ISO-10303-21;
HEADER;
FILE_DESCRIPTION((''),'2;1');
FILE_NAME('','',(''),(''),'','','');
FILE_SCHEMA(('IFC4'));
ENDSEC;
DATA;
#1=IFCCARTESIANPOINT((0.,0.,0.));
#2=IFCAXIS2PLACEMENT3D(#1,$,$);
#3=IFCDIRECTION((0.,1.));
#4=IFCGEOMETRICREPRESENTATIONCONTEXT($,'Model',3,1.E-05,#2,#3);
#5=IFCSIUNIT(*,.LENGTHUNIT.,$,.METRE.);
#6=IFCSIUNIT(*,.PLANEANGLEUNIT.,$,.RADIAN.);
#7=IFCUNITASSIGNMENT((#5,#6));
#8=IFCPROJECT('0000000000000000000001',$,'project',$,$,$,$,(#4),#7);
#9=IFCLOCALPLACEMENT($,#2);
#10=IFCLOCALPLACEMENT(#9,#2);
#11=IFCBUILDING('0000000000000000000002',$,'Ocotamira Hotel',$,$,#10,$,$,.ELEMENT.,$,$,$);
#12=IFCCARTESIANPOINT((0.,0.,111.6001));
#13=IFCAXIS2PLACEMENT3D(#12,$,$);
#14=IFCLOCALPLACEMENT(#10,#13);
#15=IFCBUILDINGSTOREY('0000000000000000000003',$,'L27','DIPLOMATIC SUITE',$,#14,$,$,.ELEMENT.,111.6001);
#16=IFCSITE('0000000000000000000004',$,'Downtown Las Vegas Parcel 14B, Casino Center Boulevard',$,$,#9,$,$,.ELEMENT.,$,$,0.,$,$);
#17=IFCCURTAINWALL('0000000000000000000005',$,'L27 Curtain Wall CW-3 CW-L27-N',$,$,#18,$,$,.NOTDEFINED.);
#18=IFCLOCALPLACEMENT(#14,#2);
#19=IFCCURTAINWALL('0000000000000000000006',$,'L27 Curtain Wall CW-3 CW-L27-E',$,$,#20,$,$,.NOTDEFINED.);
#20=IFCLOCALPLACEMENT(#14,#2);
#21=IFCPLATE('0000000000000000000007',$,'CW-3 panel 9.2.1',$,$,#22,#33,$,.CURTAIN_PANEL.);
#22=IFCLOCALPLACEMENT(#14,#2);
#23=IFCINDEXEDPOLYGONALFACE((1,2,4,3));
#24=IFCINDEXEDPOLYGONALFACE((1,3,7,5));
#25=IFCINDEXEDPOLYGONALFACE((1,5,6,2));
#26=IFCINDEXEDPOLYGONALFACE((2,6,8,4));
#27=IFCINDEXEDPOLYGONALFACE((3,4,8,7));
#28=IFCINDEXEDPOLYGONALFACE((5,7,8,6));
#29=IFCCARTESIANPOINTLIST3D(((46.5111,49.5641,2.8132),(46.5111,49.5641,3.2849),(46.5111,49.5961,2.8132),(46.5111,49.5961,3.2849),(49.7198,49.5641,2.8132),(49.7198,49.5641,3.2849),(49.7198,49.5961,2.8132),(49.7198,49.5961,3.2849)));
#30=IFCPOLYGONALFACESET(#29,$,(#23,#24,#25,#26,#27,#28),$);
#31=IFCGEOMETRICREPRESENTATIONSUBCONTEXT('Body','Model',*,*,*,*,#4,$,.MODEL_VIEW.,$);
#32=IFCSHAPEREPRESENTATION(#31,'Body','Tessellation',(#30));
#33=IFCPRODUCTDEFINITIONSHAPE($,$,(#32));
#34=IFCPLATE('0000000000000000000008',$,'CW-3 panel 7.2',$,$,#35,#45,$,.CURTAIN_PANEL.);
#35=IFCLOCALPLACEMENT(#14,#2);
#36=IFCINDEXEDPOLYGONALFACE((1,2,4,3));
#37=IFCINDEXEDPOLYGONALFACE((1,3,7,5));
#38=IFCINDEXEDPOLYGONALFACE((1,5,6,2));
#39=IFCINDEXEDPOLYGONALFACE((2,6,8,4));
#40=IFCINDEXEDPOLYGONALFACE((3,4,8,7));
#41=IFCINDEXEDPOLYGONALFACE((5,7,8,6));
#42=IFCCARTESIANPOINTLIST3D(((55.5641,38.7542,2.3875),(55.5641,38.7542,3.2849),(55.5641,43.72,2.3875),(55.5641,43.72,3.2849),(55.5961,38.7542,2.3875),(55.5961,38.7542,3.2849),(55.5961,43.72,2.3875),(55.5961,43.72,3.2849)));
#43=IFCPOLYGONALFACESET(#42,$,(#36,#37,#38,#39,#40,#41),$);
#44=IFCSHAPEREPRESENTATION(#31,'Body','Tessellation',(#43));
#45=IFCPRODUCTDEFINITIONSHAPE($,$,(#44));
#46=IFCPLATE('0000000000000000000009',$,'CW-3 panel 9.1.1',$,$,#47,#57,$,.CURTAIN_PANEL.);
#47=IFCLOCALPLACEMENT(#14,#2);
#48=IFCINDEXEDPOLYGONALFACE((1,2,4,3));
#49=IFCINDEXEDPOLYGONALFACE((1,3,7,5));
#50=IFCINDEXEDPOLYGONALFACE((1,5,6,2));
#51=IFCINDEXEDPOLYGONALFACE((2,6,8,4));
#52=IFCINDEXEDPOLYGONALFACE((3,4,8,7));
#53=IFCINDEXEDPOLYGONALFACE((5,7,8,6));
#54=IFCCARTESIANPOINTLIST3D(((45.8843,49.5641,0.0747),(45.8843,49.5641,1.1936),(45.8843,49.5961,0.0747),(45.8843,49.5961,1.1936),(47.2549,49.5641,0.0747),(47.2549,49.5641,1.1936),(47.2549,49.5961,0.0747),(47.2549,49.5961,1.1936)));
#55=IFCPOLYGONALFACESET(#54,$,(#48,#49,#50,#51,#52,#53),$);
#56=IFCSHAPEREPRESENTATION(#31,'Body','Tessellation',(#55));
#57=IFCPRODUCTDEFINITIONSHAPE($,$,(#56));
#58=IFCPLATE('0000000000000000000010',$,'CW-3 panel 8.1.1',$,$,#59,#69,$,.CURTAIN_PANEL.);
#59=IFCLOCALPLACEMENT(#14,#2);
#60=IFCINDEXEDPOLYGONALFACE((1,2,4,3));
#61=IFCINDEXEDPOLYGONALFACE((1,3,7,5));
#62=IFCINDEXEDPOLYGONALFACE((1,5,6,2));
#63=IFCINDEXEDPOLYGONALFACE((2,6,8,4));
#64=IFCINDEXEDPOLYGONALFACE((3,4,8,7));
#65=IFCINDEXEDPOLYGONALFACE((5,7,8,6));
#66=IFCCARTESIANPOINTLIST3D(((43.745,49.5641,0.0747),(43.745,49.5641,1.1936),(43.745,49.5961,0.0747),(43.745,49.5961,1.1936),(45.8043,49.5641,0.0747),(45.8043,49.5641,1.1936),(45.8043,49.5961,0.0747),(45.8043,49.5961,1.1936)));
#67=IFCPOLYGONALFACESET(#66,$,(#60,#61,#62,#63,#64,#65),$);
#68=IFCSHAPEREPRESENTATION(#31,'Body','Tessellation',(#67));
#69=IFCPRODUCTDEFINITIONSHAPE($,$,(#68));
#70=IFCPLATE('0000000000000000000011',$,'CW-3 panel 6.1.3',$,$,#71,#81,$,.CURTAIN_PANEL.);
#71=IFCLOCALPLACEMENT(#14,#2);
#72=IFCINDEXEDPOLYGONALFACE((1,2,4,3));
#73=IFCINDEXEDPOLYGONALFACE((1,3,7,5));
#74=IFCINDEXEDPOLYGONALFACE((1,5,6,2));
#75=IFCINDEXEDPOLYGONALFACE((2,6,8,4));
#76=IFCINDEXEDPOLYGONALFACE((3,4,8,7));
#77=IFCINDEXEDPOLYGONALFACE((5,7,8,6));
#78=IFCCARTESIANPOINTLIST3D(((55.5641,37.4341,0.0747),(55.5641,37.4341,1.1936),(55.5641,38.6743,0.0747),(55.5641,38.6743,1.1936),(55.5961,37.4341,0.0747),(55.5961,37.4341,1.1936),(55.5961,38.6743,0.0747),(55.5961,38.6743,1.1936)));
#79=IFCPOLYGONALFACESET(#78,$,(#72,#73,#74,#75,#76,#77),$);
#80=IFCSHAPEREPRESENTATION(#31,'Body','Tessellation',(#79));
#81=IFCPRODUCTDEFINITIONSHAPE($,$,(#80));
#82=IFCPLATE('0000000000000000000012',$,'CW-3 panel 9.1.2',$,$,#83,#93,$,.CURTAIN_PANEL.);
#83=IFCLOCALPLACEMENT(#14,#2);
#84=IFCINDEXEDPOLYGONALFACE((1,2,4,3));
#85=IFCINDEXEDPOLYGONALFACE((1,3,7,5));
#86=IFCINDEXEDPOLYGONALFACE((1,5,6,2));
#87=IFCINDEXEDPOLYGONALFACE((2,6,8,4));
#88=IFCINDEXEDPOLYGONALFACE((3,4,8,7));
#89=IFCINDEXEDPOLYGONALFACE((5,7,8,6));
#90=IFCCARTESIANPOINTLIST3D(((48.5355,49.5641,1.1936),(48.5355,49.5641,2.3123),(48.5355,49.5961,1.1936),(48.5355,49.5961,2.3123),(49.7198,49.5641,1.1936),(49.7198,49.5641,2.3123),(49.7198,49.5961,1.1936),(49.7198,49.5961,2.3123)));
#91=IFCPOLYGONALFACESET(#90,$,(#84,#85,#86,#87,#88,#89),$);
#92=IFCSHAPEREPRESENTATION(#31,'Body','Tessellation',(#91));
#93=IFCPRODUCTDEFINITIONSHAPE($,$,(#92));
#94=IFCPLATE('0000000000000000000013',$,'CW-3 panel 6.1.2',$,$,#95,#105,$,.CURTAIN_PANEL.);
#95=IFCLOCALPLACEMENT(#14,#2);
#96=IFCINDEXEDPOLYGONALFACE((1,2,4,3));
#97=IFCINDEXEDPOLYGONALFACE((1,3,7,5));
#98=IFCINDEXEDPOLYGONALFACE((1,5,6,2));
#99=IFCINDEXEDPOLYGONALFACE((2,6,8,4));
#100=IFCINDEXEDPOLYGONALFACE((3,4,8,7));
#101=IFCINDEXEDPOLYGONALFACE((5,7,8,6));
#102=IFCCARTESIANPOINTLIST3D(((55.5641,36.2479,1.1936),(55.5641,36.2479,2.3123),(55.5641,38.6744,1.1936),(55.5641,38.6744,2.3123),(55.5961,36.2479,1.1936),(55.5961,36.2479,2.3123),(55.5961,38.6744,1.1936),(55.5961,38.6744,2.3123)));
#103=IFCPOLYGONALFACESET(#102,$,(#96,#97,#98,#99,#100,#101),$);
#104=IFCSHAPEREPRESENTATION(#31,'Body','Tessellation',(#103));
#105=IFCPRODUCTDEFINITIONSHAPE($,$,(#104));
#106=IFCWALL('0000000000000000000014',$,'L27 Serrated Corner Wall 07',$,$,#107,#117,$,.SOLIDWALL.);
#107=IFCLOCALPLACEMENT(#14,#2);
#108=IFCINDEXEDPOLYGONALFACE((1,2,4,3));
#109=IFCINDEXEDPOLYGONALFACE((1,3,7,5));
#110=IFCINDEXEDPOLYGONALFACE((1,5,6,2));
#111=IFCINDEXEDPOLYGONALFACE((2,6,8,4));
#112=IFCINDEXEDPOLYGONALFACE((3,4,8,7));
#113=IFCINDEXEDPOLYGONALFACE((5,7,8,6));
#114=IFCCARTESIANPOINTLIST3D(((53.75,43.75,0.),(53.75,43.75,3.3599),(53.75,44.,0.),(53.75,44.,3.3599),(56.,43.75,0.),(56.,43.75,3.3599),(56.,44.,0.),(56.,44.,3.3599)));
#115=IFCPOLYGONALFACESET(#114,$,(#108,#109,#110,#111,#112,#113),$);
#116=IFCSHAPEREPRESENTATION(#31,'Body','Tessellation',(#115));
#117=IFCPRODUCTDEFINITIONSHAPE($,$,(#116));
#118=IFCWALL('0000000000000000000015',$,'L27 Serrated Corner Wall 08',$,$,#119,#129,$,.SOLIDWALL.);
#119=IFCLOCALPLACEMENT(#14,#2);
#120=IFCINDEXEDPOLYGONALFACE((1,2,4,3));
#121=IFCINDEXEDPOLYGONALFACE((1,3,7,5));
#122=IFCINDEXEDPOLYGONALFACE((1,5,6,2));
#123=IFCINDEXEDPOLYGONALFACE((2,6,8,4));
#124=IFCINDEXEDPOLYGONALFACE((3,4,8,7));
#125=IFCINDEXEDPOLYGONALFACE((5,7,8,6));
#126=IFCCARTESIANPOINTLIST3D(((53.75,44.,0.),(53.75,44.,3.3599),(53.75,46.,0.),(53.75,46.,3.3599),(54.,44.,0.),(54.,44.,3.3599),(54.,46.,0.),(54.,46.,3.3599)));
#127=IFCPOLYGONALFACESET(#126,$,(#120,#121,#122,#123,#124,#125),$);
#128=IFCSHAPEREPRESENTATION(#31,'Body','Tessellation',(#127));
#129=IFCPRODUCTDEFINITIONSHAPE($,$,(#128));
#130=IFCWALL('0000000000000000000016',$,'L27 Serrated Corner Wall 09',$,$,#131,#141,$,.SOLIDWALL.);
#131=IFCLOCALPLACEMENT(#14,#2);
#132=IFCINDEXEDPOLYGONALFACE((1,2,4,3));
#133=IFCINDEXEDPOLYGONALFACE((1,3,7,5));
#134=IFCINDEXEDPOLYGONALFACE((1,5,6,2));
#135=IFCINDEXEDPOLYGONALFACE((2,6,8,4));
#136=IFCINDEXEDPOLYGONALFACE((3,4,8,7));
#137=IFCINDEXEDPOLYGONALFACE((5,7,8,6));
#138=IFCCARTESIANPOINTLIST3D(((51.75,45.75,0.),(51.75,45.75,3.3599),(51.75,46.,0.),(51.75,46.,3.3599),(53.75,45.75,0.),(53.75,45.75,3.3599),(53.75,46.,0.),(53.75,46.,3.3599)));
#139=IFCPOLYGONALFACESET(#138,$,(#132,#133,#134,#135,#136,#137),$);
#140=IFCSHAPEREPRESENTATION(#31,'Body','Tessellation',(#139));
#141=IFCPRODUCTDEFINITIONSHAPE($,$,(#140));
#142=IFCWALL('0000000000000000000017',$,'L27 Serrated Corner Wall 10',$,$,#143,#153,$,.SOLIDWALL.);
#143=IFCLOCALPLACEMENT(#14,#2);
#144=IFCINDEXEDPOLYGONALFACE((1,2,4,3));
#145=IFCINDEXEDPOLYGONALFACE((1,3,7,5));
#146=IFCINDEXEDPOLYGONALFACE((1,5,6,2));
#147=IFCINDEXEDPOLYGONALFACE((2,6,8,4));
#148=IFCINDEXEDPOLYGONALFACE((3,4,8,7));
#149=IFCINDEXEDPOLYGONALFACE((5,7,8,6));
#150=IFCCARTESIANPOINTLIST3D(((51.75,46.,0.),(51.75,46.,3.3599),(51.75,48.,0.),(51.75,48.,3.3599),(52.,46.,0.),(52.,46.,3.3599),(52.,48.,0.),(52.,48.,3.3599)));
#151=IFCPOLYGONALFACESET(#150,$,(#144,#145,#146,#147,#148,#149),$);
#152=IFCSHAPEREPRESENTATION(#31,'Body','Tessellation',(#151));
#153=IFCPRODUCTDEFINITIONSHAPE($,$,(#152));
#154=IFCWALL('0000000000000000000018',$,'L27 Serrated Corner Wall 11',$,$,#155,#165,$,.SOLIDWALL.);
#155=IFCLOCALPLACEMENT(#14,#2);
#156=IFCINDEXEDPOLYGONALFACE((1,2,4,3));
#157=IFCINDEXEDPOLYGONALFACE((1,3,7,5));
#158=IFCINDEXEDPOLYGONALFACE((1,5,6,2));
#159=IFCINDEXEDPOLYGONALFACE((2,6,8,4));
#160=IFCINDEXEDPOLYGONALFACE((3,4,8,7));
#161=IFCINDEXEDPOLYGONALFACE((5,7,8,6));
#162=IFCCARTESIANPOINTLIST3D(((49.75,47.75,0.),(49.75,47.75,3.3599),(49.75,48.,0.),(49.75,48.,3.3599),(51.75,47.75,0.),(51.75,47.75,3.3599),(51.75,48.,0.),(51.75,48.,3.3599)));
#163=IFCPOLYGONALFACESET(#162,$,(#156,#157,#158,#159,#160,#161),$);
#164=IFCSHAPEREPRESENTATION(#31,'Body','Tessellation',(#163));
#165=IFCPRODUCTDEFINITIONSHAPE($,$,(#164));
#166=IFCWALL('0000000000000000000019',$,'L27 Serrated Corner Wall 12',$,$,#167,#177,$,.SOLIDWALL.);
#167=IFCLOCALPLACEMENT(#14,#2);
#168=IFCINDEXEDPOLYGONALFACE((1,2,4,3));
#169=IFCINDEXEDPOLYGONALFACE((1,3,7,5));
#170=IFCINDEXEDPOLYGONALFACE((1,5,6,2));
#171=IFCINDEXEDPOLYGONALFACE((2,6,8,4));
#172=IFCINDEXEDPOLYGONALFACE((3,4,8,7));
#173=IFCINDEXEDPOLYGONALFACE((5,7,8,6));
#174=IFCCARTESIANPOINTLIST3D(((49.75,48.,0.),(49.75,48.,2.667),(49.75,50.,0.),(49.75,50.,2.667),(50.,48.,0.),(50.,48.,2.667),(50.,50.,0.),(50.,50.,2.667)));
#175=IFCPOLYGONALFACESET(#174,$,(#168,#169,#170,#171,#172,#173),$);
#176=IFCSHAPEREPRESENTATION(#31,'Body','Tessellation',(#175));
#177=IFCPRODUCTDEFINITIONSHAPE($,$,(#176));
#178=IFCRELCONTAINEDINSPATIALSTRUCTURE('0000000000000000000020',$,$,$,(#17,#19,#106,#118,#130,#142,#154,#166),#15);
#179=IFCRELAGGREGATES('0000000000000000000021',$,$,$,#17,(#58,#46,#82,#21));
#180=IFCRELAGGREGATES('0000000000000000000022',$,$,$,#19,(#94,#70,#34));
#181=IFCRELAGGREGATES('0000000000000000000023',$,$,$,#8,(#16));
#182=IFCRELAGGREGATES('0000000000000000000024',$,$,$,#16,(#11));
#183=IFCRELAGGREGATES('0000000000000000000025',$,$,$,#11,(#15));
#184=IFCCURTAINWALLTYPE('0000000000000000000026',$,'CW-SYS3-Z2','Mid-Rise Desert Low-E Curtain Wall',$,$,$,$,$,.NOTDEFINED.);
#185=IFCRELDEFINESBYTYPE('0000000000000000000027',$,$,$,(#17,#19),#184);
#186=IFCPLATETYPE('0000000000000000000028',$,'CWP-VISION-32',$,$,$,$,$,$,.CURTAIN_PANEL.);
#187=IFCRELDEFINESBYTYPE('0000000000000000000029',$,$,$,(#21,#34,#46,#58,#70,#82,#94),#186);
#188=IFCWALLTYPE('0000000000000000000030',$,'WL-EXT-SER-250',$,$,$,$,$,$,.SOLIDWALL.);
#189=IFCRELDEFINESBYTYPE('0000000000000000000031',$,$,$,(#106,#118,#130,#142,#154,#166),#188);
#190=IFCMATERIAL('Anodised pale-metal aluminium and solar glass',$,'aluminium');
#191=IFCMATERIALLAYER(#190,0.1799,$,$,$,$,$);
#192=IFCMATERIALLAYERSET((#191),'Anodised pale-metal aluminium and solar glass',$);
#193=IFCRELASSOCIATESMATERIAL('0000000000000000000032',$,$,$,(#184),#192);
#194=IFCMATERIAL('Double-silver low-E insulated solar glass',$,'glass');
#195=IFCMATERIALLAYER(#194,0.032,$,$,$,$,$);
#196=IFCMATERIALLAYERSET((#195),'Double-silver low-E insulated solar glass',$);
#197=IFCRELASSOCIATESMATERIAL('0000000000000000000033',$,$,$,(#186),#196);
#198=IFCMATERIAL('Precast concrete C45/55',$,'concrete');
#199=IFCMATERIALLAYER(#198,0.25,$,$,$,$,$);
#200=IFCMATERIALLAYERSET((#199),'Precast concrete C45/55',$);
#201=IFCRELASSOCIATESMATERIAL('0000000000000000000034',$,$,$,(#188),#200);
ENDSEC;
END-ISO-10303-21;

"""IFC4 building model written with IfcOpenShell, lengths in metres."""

from ifc_helpers import new_model, si_unit, direction, frame, frame_2d, origin, origin_2d, place, context, subcontext, project, spatial, rectangle, extrude, source, transform, mapped, material, layer, layer_set, type_object, element, aggregate, save


model = new_model("IFC4")

# Units and contexts
model_context = context("Model", 3, precision=1e-05, world=origin(), true_north=direction((0.0, 1.0)))
body_context = subcontext(model_context, "Body", "Model", "MODEL_VIEW")
ifc_project = project(units=[si_unit("LENGTHUNIT", "METRE"), si_unit("PLANEANGLEUNIT", "RADIAN")], contexts=[model_context])

# Site, building, storey
site_placement = place(None, origin())
site = spatial("IfcSite", under=ifc_project, at=site_placement, Name="Downtown Las Vegas Parcel 14B, Casino Center Boulevard", CompositionType="ELEMENT", RefElevation=0.0)
building_placement = place(site_placement, origin())
building = spatial("IfcBuilding", under=site, at=building_placement, Name="Ocotamira Hotel", CompositionType="ELEMENT")
storey_placement = place(building_placement, frame((0.0, 0.0, 111.6001)))
storey = spatial("IfcBuildingStorey", under=building, at=storey_placement, Name="L27", Description="DIPLOMATIC SUITE", CompositionType="ELEMENT", Elevation=111.6001)

# Curtain walls
ifc_material_1 = material(Name="Anodised pale-metal aluminium and solar glass", Category="aluminium")
ifc_layer_1 = layer(ifc_material_1, 0.1799)
ifc_layer_set_1 = layer_set([ifc_layer_1], Name="Anodised pale-metal aluminium and solar glass")
curtain_wall_type = type_object("IfcCurtainWallType", Name="CW-SYS3-Z2", Description="Mid-Rise Desert Low-E Curtain Wall", PredefinedType="NOTDEFINED", material=ifc_layer_set_1)
curtain_wall_1_placement = place(storey_placement, origin())
curtain_wall_1 = element("IfcCurtainWall", 1, at=curtain_wall_1_placement, inside=storey, type_object=curtain_wall_type, Name="L27 Curtain Wall CW-3 CW-L27-N", PredefinedType="NOTDEFINED")
curtain_wall_2_placement = place(storey_placement, origin())
curtain_wall_2 = element("IfcCurtainWall", 2, at=curtain_wall_2_placement, inside=storey, type_object=curtain_wall_type, Name="L27 Curtain Wall CW-3 CW-L27-E", PredefinedType="NOTDEFINED")

# Plates
ifc_material_2 = material(Name="Double-silver low-E insulated solar glass", Category="glass")
ifc_layer_2 = layer(ifc_material_2, 0.032)
ifc_layer_set_2 = layer_set([ifc_layer_2], Name="Double-silver low-E insulated solar glass")
plate_type_1 = type_object("IfcPlateType", Name="CWP-VISION-32", PredefinedType="CURTAIN_PANEL", material=ifc_layer_set_2)
shared_shape_1 = source(origin(), body_context, "Body", "SweptSolid", [
    extrude(rectangle(XDim=3.2087, YDim=0.032, at=origin_2d()), origin(), (0.0, 0.0, 1.0), 0.4717),
])
plate_1_placement = place(storey_placement, frame((48.1155, 49.5801, 2.8132), z_axis=(0.0, 0.0, 1.0), x_axis=(1.0, 0.0, 0.0)))
plate_1 = element("IfcPlate", 3, at=plate_1_placement, type_object=plate_type_1, Name="CW-3 panel 9.2.1", PredefinedType="CURTAIN_PANEL", context=body_context, shape_type="MappedRepresentation", body=[
    mapped(shared_shape_1, transform((0.0, 0.0, 0.0), scale=1.0)),
])
shared_shape_2 = source(origin(), body_context, "Body", "SweptSolid", [
    extrude(rectangle(XDim=4.9658, YDim=0.032, at=origin_2d()), origin(), (0.0, 0.0, 1.0), 0.8975),
])
plate_2_placement = place(storey_placement, frame((55.5801, 41.2371, 2.3875), z_axis=(0.0, 0.0, 1.0), x_axis=(0.0, 1.0, 0.0)))
plate_2 = element("IfcPlate", 4, at=plate_2_placement, type_object=plate_type_1, Name="CW-3 panel 7.2", PredefinedType="CURTAIN_PANEL", context=body_context, shape_type="MappedRepresentation", body=[
    mapped(shared_shape_2, transform((0.0, 0.0, 0.0), scale=1.0)),
])
shared_shape_3 = source(origin(), body_context, "Body", "SweptSolid", [
    extrude(rectangle(XDim=1.3706, YDim=0.032, at=origin_2d()), origin(), (0.0, 0.0, 1.0), 1.1189),
])
plate_3_placement = place(storey_placement, frame((46.5696, 49.5801, 0.0747), z_axis=(0.0, 0.0, 1.0), x_axis=(1.0, 0.0, 0.0)))
plate_3 = element("IfcPlate", 5, at=plate_3_placement, type_object=plate_type_1, Name="CW-3 panel 9.1.1", PredefinedType="CURTAIN_PANEL", context=body_context, shape_type="MappedRepresentation", body=[
    mapped(shared_shape_3, transform((0.0, 0.0, 0.0), scale=1.0)),
])
shared_shape_4 = source(origin(), body_context, "Body", "SweptSolid", [
    extrude(rectangle(XDim=2.0593, YDim=0.032, at=origin_2d()), origin(), (0.0, 0.0, 1.0), 1.1189),
])
plate_4_placement = place(storey_placement, frame((44.7747, 49.5801, 0.0747), z_axis=(0.0, 0.0, 1.0), x_axis=(1.0, 0.0, 0.0)))
plate_4 = element("IfcPlate", 6, at=plate_4_placement, type_object=plate_type_1, Name="CW-3 panel 8.1.1", PredefinedType="CURTAIN_PANEL", context=body_context, shape_type="MappedRepresentation", body=[
    mapped(shared_shape_4, transform((0.0, 0.0, 0.0), scale=1.0)),
])
shared_shape_5 = source(origin(), body_context, "Body", "SweptSolid", [
    extrude(rectangle(XDim=1.2402, YDim=0.032, at=origin_2d()), origin(), (0.0, 0.0, 1.0), 1.1189),
])
plate_5_placement = place(storey_placement, frame((55.5801, 38.0542, 0.0747), z_axis=(0.0, 0.0, 1.0), x_axis=(0.0, 1.0, 0.0)))
plate_5 = element("IfcPlate", 7, at=plate_5_placement, type_object=plate_type_1, Name="CW-3 panel 6.1.3", PredefinedType="CURTAIN_PANEL", context=body_context, shape_type="MappedRepresentation", body=[
    mapped(shared_shape_5, transform((0.0, 0.0, 0.0), scale=1.0)),
])
shared_shape_6 = source(origin(), body_context, "Body", "SweptSolid", [
    extrude(rectangle(XDim=1.1843, YDim=0.032, at=origin_2d()), origin(), (0.0, 0.0, 1.0), 1.1187),
])
plate_6_placement = place(storey_placement, frame((49.1277, 49.5801, 1.1936), z_axis=(0.0, 0.0, 1.0), x_axis=(1.0, 0.0, 0.0)))
plate_6 = element("IfcPlate", 8, at=plate_6_placement, type_object=plate_type_1, Name="CW-3 panel 9.1.2", PredefinedType="CURTAIN_PANEL", context=body_context, shape_type="MappedRepresentation", body=[
    mapped(shared_shape_6, transform((0.0, 0.0, 0.0), scale=1.0)),
])
aggregate(curtain_wall_1, [plate_4, plate_3, plate_6, plate_1])
shared_shape_7 = source(origin(), body_context, "Body", "SweptSolid", [
    extrude(rectangle(XDim=2.4265, YDim=0.032, at=origin_2d()), origin(), (0.0, 0.0, 1.0), 1.1187),
])
plate_7_placement = place(storey_placement, frame((55.5801, 37.4612, 1.1936), z_axis=(0.0, 0.0, 1.0), x_axis=(0.0, 1.0, 0.0)))
plate_7 = element("IfcPlate", 9, at=plate_7_placement, type_object=plate_type_1, Name="CW-3 panel 6.1.2", PredefinedType="CURTAIN_PANEL", context=body_context, shape_type="MappedRepresentation", body=[
    mapped(shared_shape_7, transform((0.0, 0.0, 0.0), scale=1.0)),
])
aggregate(curtain_wall_2, [plate_7, plate_5, plate_2])

# Walls
ifc_material_3 = material(Name="Precast concrete C45/55", Category="concrete")
ifc_layer_3 = layer(ifc_material_3, 0.25)
ifc_layer_set_3 = layer_set([ifc_layer_3], Name="Precast concrete C45/55")
wall_type_1 = type_object("IfcWallType", Name="WL-EXT-SER-250", PredefinedType="SOLIDWALL", material=ifc_layer_set_3)
wall_1_placement = place(storey_placement, frame((56.0, 43.875, 0.0), z_axis=(0.0, 0.0, 1.0), x_axis=(-1.0, 0.0, 0.0)))
element("IfcWall", 10, at=wall_1_placement, inside=storey, type_object=wall_type_1, Name="L27 Serrated Corner Wall 07", PredefinedType="SOLIDWALL", context=body_context, shape_type="SweptSolid", body=[
    extrude(rectangle(XDim=2.25, YDim=0.25, at=frame_2d((1.125, 0.0))), origin(), (0.0, 0.0, 1.0), 3.3599),
])
for number, where, z_axis, x_axis, name in (
    (11, (53.875, 44.0, 0.0), (0.0, 0.0, 1.0), (0.0, 1.0, 0.0), "L27 Serrated Corner Wall 08"),
    (12, (53.75, 45.875, 0.0), (0.0, 0.0, 1.0), (-1.0, 0.0, 0.0), "L27 Serrated Corner Wall 09"),
    (13, (51.875, 46.0, 0.0), (0.0, 0.0, 1.0), (0.0, 1.0, 0.0), "L27 Serrated Corner Wall 10"),
    (14, (51.75, 47.875, 0.0), (0.0, 0.0, 1.0), (-1.0, 0.0, 0.0), "L27 Serrated Corner Wall 11"),
):
    element("IfcWall", number, at=place(storey_placement, frame(where, z_axis=z_axis, x_axis=x_axis)), inside=storey, type_object=wall_type_1, Name=name, PredefinedType="SOLIDWALL", context=body_context, shape_type="SweptSolid", body=[
        extrude(rectangle(XDim=2.0, YDim=0.25, at=frame_2d((1.0, 0.0))), origin(), (0.0, 0.0, 1.0), 3.3599),
    ])
wall_2_placement = place(storey_placement, frame((49.875, 48.0, 0.0), z_axis=(0.0, 0.0, 1.0), x_axis=(0.0, 1.0, 0.0)))
element("IfcWall", 15, at=wall_2_placement, inside=storey, type_object=wall_type_1, Name="L27 Serrated Corner Wall 12", PredefinedType="SOLIDWALL", context=body_context, shape_type="SweptSolid", body=[
    extrude(rectangle(XDim=2.0, YDim=0.25, at=frame_2d((1.0, 0.0))), origin(), (0.0, 0.0, 1.0), 2.667),
])

save(model, "model.ifc")
